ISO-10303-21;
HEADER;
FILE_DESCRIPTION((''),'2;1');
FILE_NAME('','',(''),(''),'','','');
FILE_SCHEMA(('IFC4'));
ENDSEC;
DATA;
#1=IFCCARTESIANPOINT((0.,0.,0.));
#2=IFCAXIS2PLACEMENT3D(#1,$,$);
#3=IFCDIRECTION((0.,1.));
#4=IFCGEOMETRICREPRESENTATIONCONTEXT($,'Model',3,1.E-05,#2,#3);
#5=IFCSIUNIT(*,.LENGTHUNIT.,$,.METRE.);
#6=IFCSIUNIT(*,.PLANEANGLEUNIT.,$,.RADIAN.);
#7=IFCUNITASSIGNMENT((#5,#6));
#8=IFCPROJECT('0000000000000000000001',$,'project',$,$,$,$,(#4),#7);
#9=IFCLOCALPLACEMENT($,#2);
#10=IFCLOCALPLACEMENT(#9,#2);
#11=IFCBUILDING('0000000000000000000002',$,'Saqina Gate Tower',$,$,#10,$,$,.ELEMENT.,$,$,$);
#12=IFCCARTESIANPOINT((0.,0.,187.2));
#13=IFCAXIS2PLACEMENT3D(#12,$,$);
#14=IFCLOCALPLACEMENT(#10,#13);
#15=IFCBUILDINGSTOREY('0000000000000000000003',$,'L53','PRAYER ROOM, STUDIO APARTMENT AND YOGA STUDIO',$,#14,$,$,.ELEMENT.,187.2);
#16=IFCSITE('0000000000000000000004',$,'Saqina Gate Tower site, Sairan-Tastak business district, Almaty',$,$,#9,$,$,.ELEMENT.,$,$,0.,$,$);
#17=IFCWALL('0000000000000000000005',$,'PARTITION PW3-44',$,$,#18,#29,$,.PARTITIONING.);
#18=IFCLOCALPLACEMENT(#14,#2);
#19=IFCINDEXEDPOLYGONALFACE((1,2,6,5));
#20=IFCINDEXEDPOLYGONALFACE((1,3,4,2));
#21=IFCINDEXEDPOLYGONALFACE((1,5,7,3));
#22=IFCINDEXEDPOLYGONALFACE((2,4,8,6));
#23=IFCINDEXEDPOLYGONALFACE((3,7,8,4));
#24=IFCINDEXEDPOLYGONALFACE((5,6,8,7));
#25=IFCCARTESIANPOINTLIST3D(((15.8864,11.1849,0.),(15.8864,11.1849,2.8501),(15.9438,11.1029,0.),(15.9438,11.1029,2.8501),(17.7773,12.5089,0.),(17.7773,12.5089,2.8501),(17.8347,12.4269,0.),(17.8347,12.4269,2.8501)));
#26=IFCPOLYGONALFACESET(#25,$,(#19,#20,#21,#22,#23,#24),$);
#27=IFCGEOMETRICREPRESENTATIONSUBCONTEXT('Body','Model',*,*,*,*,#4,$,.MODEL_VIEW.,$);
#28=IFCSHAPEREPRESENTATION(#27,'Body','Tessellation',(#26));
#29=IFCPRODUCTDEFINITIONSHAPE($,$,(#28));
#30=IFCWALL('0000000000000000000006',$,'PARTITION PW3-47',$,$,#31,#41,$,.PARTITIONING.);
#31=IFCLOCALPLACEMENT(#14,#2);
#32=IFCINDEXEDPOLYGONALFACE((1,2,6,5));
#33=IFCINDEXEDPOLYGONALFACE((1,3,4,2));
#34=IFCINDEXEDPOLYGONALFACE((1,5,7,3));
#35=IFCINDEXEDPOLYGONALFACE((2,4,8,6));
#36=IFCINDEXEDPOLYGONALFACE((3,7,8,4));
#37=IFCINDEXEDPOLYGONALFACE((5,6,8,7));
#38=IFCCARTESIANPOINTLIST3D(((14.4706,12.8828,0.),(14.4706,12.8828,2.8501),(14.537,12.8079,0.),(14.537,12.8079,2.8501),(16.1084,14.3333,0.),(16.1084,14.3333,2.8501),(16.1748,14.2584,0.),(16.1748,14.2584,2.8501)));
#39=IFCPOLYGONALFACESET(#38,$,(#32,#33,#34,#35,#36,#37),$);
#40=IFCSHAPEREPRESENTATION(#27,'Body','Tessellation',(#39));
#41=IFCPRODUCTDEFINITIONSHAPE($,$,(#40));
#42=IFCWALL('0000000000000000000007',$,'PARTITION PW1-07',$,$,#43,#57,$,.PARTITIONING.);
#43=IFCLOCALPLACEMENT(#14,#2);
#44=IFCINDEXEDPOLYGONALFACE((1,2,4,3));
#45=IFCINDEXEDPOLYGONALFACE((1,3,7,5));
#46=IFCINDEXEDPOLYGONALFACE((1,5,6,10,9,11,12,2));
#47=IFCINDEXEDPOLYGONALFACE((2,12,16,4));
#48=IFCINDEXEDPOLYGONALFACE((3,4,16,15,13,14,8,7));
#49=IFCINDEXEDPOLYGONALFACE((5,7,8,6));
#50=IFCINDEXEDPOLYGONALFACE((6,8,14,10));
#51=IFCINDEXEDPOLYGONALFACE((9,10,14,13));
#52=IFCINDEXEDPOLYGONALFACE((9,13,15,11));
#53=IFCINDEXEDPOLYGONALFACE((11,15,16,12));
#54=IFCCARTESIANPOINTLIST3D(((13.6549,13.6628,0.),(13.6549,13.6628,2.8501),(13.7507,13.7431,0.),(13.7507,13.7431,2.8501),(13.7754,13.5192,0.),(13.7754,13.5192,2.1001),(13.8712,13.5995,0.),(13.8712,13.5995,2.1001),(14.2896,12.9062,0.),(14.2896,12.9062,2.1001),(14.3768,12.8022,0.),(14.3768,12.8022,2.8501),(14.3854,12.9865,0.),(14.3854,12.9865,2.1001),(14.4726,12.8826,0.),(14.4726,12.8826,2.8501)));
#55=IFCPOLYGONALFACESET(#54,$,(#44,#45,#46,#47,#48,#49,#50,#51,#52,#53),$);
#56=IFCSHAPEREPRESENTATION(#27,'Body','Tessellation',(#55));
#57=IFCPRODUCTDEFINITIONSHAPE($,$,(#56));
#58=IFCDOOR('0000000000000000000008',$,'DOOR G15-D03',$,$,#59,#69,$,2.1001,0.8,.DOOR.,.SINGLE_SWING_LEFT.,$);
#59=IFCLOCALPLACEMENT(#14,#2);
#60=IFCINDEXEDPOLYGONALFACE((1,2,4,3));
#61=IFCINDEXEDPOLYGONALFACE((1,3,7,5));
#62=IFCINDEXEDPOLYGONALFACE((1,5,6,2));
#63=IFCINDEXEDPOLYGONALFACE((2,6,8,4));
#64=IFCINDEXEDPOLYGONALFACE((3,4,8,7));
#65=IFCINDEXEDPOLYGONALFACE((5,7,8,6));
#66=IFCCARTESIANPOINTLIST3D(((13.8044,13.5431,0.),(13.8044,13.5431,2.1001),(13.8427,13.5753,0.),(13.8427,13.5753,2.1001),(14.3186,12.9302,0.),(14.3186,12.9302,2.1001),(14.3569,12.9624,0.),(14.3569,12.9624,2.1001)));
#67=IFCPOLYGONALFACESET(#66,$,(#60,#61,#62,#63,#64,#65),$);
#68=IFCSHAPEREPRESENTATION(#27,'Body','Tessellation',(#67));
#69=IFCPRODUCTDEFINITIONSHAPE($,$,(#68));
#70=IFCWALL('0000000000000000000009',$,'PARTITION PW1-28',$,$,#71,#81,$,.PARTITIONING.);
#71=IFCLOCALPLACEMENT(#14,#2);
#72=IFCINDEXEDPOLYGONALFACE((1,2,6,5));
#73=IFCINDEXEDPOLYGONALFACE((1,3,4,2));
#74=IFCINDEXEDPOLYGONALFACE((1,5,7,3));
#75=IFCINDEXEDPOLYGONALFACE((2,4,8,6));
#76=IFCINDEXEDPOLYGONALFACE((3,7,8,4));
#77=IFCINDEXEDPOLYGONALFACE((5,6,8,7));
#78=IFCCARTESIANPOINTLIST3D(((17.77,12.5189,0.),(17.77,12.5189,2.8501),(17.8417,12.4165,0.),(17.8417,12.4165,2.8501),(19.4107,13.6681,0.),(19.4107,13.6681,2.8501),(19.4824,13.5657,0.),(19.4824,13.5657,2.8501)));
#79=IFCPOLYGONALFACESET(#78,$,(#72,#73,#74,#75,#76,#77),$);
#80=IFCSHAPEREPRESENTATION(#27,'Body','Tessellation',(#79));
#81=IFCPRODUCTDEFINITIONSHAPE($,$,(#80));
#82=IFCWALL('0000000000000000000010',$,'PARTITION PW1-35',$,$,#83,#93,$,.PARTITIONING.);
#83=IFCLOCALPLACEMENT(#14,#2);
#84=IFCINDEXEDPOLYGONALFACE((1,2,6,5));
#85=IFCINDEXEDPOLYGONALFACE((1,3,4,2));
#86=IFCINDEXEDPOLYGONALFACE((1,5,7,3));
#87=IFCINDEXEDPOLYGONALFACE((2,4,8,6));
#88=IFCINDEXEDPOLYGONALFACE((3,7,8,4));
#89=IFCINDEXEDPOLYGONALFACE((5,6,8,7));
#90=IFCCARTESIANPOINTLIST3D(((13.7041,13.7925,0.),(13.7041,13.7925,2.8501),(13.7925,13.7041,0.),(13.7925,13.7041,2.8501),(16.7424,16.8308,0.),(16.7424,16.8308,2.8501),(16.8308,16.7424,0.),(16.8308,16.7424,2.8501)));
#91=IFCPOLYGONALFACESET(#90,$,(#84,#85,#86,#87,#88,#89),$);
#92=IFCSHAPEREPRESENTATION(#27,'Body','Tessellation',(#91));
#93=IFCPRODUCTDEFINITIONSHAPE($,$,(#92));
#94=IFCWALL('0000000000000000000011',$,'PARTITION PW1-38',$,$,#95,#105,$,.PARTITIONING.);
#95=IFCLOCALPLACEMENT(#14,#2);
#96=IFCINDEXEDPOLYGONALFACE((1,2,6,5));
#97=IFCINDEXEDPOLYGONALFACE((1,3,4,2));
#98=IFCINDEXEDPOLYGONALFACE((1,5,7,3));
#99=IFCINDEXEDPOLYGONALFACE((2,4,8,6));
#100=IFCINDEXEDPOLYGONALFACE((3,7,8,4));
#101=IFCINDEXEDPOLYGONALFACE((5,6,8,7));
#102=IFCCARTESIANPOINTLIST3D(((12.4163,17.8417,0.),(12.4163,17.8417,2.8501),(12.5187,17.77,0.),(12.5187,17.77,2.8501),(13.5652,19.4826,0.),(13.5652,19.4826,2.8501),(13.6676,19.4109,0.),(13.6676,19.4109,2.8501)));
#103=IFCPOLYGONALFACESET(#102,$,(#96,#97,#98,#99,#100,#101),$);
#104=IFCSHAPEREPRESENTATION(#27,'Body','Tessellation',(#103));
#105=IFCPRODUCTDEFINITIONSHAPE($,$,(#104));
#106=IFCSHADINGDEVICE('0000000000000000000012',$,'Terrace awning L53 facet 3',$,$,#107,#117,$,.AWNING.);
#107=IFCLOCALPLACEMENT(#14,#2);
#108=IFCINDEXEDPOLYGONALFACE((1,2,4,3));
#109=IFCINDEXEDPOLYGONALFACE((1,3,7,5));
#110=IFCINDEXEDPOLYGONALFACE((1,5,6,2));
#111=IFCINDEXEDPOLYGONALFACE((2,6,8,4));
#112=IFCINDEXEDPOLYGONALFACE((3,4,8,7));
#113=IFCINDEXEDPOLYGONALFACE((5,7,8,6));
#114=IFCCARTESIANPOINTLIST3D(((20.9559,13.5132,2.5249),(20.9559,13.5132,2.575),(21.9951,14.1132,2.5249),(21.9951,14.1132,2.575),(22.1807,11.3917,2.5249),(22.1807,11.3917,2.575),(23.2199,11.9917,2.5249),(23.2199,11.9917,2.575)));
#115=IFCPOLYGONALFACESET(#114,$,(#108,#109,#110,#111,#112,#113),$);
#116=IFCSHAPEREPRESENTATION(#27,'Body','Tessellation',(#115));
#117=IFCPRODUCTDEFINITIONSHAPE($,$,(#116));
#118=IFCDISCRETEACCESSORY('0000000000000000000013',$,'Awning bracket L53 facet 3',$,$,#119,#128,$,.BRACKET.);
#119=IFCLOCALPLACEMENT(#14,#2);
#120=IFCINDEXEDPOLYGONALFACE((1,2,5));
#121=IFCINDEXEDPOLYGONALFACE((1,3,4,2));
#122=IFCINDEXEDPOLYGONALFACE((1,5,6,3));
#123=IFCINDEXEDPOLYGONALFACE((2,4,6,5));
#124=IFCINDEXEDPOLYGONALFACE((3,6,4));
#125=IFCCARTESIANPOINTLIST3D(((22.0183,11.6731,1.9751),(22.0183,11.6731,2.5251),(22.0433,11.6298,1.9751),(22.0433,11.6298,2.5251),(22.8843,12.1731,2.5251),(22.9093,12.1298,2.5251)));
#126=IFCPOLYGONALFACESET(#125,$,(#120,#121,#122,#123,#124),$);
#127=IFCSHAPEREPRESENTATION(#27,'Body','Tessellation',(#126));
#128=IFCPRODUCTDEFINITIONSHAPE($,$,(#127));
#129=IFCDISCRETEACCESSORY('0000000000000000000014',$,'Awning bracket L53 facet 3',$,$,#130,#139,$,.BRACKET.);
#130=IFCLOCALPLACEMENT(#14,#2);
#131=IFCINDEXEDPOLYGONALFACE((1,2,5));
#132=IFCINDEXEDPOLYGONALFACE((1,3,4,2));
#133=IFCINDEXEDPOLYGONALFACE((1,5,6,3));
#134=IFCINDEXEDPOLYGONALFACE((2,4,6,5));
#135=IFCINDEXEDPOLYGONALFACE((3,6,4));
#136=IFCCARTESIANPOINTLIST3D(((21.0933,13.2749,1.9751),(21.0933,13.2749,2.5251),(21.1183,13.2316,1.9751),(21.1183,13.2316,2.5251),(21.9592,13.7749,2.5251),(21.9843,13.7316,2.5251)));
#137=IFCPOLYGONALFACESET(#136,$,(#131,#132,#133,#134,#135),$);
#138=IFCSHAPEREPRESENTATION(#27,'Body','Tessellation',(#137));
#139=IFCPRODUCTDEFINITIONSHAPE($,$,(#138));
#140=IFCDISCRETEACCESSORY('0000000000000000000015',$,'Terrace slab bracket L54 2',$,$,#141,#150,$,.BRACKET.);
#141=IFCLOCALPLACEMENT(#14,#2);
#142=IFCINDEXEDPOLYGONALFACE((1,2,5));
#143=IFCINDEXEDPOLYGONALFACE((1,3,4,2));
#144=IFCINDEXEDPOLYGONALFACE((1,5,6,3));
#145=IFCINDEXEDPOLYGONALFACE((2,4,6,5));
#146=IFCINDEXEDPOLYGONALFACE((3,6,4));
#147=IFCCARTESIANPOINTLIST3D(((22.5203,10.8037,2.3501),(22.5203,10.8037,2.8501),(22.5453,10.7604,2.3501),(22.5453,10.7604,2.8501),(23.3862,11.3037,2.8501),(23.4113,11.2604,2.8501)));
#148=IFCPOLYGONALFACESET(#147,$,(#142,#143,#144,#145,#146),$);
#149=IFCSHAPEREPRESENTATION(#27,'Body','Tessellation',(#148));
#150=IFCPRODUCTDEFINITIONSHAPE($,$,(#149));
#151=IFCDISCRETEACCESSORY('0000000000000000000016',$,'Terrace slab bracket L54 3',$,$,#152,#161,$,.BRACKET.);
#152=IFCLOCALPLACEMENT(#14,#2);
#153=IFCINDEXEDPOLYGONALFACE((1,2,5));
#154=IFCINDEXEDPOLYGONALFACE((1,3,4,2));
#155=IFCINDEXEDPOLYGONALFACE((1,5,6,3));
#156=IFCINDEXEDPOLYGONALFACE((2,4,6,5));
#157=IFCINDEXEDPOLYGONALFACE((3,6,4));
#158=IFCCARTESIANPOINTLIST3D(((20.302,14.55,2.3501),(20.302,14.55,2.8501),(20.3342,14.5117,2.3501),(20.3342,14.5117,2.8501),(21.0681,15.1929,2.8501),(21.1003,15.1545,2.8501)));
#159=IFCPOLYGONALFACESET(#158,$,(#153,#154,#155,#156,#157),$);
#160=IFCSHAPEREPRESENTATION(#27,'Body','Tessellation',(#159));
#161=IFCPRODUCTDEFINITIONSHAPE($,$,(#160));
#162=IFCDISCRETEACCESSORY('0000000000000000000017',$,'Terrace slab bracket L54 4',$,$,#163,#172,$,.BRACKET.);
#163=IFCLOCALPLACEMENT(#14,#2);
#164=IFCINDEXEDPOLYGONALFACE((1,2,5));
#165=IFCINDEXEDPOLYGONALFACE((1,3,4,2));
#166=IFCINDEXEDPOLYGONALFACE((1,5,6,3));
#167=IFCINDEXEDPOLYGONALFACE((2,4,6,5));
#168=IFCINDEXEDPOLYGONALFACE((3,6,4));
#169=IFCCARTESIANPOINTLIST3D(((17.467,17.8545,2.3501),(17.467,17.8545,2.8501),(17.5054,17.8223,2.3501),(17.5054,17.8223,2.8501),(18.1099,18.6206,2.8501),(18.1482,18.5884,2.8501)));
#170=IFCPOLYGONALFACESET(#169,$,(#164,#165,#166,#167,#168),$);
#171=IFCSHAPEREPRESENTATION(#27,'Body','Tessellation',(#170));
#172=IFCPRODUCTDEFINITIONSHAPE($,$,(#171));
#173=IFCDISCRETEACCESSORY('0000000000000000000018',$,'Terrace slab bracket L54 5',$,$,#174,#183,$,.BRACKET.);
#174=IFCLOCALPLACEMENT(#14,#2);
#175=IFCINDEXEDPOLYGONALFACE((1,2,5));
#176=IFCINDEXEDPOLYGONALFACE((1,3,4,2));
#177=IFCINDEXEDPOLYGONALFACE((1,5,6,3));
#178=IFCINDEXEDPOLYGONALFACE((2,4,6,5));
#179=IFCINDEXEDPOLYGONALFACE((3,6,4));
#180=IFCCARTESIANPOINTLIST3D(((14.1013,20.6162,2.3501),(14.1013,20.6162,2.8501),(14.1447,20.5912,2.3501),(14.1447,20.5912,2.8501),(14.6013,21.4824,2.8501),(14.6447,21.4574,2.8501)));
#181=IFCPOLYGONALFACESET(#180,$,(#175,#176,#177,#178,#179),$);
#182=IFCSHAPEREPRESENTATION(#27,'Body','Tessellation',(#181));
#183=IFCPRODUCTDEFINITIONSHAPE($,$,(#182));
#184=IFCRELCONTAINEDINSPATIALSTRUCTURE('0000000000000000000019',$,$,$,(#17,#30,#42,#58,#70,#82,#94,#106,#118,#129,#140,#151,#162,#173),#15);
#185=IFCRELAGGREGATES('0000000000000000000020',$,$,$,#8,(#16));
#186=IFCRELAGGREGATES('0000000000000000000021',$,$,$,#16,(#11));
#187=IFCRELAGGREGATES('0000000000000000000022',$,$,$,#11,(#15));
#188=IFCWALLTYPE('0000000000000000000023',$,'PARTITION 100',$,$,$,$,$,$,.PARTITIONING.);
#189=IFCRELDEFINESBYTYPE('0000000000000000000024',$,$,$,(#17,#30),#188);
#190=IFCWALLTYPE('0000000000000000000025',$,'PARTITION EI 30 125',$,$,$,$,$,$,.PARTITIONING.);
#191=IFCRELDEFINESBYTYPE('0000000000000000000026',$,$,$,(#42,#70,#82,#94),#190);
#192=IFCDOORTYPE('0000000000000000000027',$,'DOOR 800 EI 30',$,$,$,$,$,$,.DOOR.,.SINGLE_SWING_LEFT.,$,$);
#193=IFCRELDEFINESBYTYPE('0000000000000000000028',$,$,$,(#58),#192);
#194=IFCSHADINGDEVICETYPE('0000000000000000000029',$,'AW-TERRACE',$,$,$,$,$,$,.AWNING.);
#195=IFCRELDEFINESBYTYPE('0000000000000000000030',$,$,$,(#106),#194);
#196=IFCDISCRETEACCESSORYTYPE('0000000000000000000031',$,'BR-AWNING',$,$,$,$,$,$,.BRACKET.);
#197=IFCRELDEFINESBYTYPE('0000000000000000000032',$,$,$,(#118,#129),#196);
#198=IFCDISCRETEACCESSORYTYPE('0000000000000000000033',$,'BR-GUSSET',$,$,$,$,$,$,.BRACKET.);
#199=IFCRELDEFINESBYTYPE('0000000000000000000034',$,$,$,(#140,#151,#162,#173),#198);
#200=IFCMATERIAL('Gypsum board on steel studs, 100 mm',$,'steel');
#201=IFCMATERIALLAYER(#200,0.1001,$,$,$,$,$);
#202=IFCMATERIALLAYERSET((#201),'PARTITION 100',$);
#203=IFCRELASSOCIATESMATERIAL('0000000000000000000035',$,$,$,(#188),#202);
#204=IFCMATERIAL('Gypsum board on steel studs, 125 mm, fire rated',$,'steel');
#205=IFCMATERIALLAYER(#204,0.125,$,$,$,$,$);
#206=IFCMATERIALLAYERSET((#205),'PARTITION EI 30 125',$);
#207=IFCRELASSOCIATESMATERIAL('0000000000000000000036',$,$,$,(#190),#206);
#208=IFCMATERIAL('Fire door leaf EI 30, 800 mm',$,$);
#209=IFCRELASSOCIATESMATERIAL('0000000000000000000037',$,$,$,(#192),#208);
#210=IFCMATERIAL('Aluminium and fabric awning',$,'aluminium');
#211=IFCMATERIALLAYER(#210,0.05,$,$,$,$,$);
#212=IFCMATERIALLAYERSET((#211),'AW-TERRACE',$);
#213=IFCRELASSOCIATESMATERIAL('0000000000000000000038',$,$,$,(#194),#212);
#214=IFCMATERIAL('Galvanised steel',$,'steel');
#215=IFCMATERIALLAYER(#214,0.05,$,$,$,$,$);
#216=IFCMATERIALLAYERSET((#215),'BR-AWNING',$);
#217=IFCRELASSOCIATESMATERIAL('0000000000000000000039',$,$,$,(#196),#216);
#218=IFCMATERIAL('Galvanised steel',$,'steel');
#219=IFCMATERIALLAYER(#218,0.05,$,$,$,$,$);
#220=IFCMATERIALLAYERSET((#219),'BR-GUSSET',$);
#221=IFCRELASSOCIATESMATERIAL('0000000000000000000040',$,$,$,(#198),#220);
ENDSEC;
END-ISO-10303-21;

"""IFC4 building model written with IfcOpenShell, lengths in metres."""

from ifc_helpers import new_model, si_unit, direction, frame, frame_2d, origin, origin_2d, place, context, subcontext, project, spatial, polyline, rectangle, outline, extrude, material, layer, layer_set, type_object, element, fill, save


model = new_model("IFC4")

# Units and contexts
model_context = context("Model", 3, precision=1e-05, world=origin(), true_north=direction((0.0, 1.0)))
body_context = subcontext(model_context, "Body", "Model", "MODEL_VIEW")
ifc_project = project(units=[si_unit("LENGTHUNIT", "METRE"), si_unit("PLANEANGLEUNIT", "RADIAN")], contexts=[model_context])

# Site, building, storey
site_placement = place(None, origin())
site = spatial("IfcSite", under=ifc_project, at=site_placement, Name="Saqina Gate Tower site, Sairan-Tastak business district, Almaty", CompositionType="ELEMENT", RefElevation=0.0)
building_placement = place(site_placement, origin())
building = spatial("IfcBuilding", under=site, at=building_placement, Name="Saqina Gate Tower", CompositionType="ELEMENT")
storey_placement = place(building_placement, frame((0.0, 0.0, 187.2)))
storey = spatial("IfcBuildingStorey", under=building, at=storey_placement, Name="L53", Description="PRAYER ROOM, STUDIO APARTMENT AND YOGA STUDIO", CompositionType="ELEMENT", Elevation=187.2)

# Shared definitions
ifc_material_1 = material(Name="Gypsum board on steel studs, 100 mm", Category="steel")
ifc_layer_1 = layer(ifc_material_1, 0.1001)
ifc_layer_set_1 = layer_set([ifc_layer_1], Name="PARTITION 100")
wall_type_1 = type_object("IfcWallType", Name="PARTITION 100", PredefinedType="PARTITIONING", material=ifc_layer_set_1)

# Walls
wall_1_placement = place(storey_placement, frame((15.915, 11.1438, 0.0), z_axis=(0.0, 0.0, 1.0), x_axis=(0.819157, 0.573569, 0.0)))
element("IfcWall", 1, at=wall_1_placement, inside=storey, type_object=wall_type_1, Name="PARTITION PW3-44", PredefinedType="PARTITIONING", context=body_context, shape_type="SweptSolid", body=[
    extrude(rectangle(XDim=2.3083, YDim=0.1001, at=frame_2d((1.1543, 0.0))), origin(), (0.0, 0.0, 1.0), 2.8501),
])
wall_2_placement = place(storey_placement, frame((14.5039, 12.8455, 0.0), z_axis=(0.0, 0.0, 1.0), x_axis=(0.748609, 0.663012, 0.0)))
element("IfcWall", 2, at=wall_2_placement, inside=storey, type_object=wall_type_1, Name="PARTITION PW3-47", PredefinedType="PARTITIONING", context=body_context, shape_type="SweptSolid", body=[
    extrude(rectangle(XDim=2.1877, YDim=0.1001, at=frame_2d((1.0938, 0.0))), origin(), (0.0, 0.0, 1.0), 2.8501),
])

# Wall, opening, door
ifc_material_2 = material(Name="Gypsum board on steel studs, 125 mm, fire rated", Category="steel")
ifc_layer_2 = layer(ifc_material_2, 0.125)
ifc_layer_set_2 = layer_set([ifc_layer_2], Name="PARTITION EI 30 125")
wall_type_2 = type_object("IfcWallType", Name="PARTITION EI 30 125", PredefinedType="PARTITIONING", material=ifc_layer_set_2)
wall_3_placement = place(storey_placement, frame((13.7029, 13.7029, 0.0), z_axis=(0.0, 0.0, 1.0), x_axis=(0.642682, -0.766133, 0.0)))
wall_3 = element("IfcWall", 3, at=wall_3_placement, inside=storey, type_object=wall_type_2, Name="PARTITION PW1-07", PredefinedType="PARTITIONING", context=body_context, shape_type="SweptSolid", body=[
    extrude(rectangle(XDim=1.1233, YDim=0.125, at=frame_2d((0.5615, 0.0))), origin(), (0.0, 0.0, 1.0), 2.8501),
])
opening_1_placement = place(wall_3_placement, frame((0.1875, 0.0, 0.0)))
opening_1 = element("IfcOpeningElement", 4, at=opening_1_placement, cuts=wall_3, PredefinedType="OPENING", context=body_context, shape_type="SweptSolid", body=[
    extrude(rectangle(XDim=0.8, YDim=2.1001, at=frame_2d((0.3999, 1.05))), frame((0.0, 0.0745, 0.0), z_axis=(0.0, -1.0, 0.0), x_axis=(1.0, 0.0, 0.0)), (0.0, 0.0, 1.0), 0.1489),
])
ifc_material_3 = material(Name="Fire door leaf EI 30, 800 mm")
door_type_1 = type_object("IfcDoorType", Name="DOOR 800 EI 30", OperationType="SINGLE_SWING_LEFT", PredefinedType="DOOR", material=ifc_material_3)
door_1_placement = place(opening_1_placement, frame((0.8, 0.0, 0.0), z_axis=(0.0, 0.0, 1.0), x_axis=(-1.0, 0.0, 0.0)))
door_1 = element("IfcDoor", 5, at=door_1_placement, inside=storey, type_object=door_type_1, Name="DOOR G15-D03", OperationType="SINGLE_SWING_LEFT", OverallHeight=2.1001, OverallWidth=0.8, PredefinedType="DOOR", context=body_context, shape_type="SweptSolid", body=[
    extrude(rectangle(XDim=0.8, YDim=2.1001, at=frame_2d((0.3999, 1.05))), frame((0.0, 0.0249, 0.0), z_axis=(0.0, -1.0, 0.0), x_axis=(1.0, 0.0, 0.0)), (0.0, 0.0, 1.0), 0.05),
])
fill(opening_1, door_1)

# Walls
wall_4_placement = place(storey_placement, frame((17.8059, 12.4678, 0.0), z_axis=(0.0, 0.0, 1.0), x_axis=(0.81906, 0.573708, 0.0)))
element("IfcWall", 6, at=wall_4_placement, inside=storey, type_object=wall_type_2, Name="PARTITION PW1-28", PredefinedType="PARTITIONING", context=body_context, shape_type="SweptSolid", body=[
    extrude(rectangle(XDim=2.0032, YDim=0.125, at=frame_2d((1.0015, 0.0))), origin(), (0.0, 0.0, 1.0), 2.8501),
])
wall_5_placement = place(storey_placement, frame((13.7483, 13.7483, 0.0), z_axis=(0.0, 0.0, 1.0), x_axis=(0.707107, 0.707107, 0.0)))
element("IfcWall", 7, at=wall_5_placement, inside=storey, type_object=wall_type_2, Name="PARTITION PW1-35", PredefinedType="PARTITIONING", context=body_context, shape_type="SweptSolid", body=[
    extrude(rectangle(XDim=4.2969, YDim=0.125, at=frame_2d((2.1484, 0.0))), origin(), (0.0, 0.0, 1.0), 2.8501),
])
wall_6_placement = place(storey_placement, frame((12.4675, 17.8059, 0.0), z_axis=(0.0, 0.0, 1.0), x_axis=(0.573569, 0.819157, 0.0)))
element("IfcWall", 8, at=wall_6_placement, inside=storey, type_object=wall_type_2, Name="PARTITION PW1-38", PredefinedType="PARTITIONING", context=body_context, shape_type="SweptSolid", body=[
    extrude(rectangle(XDim=2.0032, YDim=0.125, at=frame_2d((1.0015, 0.0))), origin(), (0.0, 0.0, 1.0), 2.8501),
])

# Shading device
ifc_material_4 = material(Name="Aluminium and fabric awning", Category="aluminium")
ifc_layer_3 = layer(ifc_material_4, 0.05)
ifc_layer_set_3 = layer_set([ifc_layer_3], Name="AW-TERRACE")
shading_device_type = type_object("IfcShadingDeviceType", Name="AW-TERRACE", PredefinedType="AWNING", material=ifc_layer_set_3)
shading_device_placement = place(storey_placement, frame((22.0879, 12.7524, 2.5249), z_axis=(0.0, 0.0, 1.0), x_axis=(-0.5, 0.866025, 0.0)))
element("IfcShadingDevice", 9, at=shading_device_placement, inside=storey, type_object=shading_device_type, Name="Terrace awning L53 facet 3", PredefinedType="AWNING", context=body_context, shape_type="SweptSolid", body=[
    extrude(rectangle(XDim=2.4497, YDim=1.2, at=origin_2d()), origin(), (0.0, 0.0, 1.0), 0.05),
])

# Discrete accessories
ifc_material_5 = material(Name="Galvanised steel", Category="steel")
ifc_layer_4 = layer(ifc_material_5, 0.05)
ifc_layer_set_4 = layer_set([ifc_layer_4], Name="BR-AWNING")
discrete_accessory_type_1 = type_object("IfcDiscreteAccessoryType", Name="BR-AWNING", PredefinedType="BRACKET", material=ifc_layer_set_4)
for number, where, z_axis, x_axis, name in (
    (10, (22.0183, 11.6731, 1.9751), (-0.500025, 0.866011, 0.0), (0.0, 0.0, 1.0), "Awning bracket L53 facet 3"),
    (11, (21.0933, 13.2749, 1.9751), (-0.500025, 0.866011, 0.0), (0.0, 0.0, 1.0), "Awning bracket L53 facet 3"),
):
    element("IfcDiscreteAccessory", number, at=place(storey_placement, frame(where, z_axis=z_axis, x_axis=x_axis)), inside=storey, type_object=discrete_accessory_type_1, Name=name, PredefinedType="BRACKET", context=body_context, shape_type="SweptSolid", body=[
        extrude(outline(polyline([(0.0, 0.0), (0.55, 0.0), (0.55, 0.9999), (0.0, 0.0)])), origin(), (0.0, 0.0, -1.0), 0.05),
    ])
ifc_material_6 = material(Name="Galvanised steel", Category="steel")
ifc_layer_5 = layer(ifc_material_6, 0.05)
ifc_layer_set_5 = layer_set([ifc_layer_5], Name="BR-GUSSET")
discrete_accessory_type_2 = type_object("IfcDiscreteAccessoryType", Name="BR-GUSSET", PredefinedType="BRACKET", material=ifc_layer_set_5)
discrete_accessory_1_placement = place(storey_placement, frame((22.5203, 10.8037, 2.3501), z_axis=(-0.500025, 0.866011, 0.0), x_axis=(0.0, 0.0, 1.0)))
element("IfcDiscreteAccessory", 12, at=discrete_accessory_1_placement, inside=storey, type_object=discrete_accessory_type_2, Name="Terrace slab bracket L54 2", PredefinedType="BRACKET", context=body_context, shape_type="SweptSolid", body=[
    extrude(outline(polyline([(0.0, 0.0), (0.5, 0.0), (0.5, 0.9999), (0.0, 0.0)])), origin(), (0.0, 0.0, -1.0), 0.05),
])
for number, where, z_axis, x_axis, name in (
    (13, (20.302, 14.55, 2.3501), (-0.642774, 0.766056, 0.0), (0.0, 0.0, 1.0), "Terrace slab bracket L54 3"),
    (14, (17.467, 17.8545, 2.3501), (-0.766056, 0.642774, 0.0), (0.0, 0.0, 1.0), "Terrace slab bracket L54 4"),
):
    element("IfcDiscreteAccessory", number, at=place(storey_placement, frame(where, z_axis=z_axis, x_axis=x_axis)), inside=storey, type_object=discrete_accessory_type_2, Name=name, PredefinedType="BRACKET", context=body_context, shape_type="SweptSolid", body=[
        extrude(outline(polyline([(0.0, 0.0), (0.5, 0.0), (0.5, 1.0001), (0.0, 0.0)])), origin(), (0.0, 0.0, -1.0), 0.05),
    ])
discrete_accessory_2_placement = place(storey_placement, frame((14.1013, 20.6162, 2.3501), z_axis=(-0.866072, 0.49992, 0.0), x_axis=(0.0, 0.0, 1.0)))
element("IfcDiscreteAccessory", 15, at=discrete_accessory_2_placement, inside=storey, type_object=discrete_accessory_type_2, Name="Terrace slab bracket L54 5", PredefinedType="BRACKET", context=body_context, shape_type="SweptSolid", body=[
    extrude(outline(polyline([(0.0, 0.0), (0.5, 0.0), (0.5, 1.0002), (0.0, 0.0)])), origin(), (0.0, 0.0, -1.0), 0.05),
])

save(model, "model.ifc")
